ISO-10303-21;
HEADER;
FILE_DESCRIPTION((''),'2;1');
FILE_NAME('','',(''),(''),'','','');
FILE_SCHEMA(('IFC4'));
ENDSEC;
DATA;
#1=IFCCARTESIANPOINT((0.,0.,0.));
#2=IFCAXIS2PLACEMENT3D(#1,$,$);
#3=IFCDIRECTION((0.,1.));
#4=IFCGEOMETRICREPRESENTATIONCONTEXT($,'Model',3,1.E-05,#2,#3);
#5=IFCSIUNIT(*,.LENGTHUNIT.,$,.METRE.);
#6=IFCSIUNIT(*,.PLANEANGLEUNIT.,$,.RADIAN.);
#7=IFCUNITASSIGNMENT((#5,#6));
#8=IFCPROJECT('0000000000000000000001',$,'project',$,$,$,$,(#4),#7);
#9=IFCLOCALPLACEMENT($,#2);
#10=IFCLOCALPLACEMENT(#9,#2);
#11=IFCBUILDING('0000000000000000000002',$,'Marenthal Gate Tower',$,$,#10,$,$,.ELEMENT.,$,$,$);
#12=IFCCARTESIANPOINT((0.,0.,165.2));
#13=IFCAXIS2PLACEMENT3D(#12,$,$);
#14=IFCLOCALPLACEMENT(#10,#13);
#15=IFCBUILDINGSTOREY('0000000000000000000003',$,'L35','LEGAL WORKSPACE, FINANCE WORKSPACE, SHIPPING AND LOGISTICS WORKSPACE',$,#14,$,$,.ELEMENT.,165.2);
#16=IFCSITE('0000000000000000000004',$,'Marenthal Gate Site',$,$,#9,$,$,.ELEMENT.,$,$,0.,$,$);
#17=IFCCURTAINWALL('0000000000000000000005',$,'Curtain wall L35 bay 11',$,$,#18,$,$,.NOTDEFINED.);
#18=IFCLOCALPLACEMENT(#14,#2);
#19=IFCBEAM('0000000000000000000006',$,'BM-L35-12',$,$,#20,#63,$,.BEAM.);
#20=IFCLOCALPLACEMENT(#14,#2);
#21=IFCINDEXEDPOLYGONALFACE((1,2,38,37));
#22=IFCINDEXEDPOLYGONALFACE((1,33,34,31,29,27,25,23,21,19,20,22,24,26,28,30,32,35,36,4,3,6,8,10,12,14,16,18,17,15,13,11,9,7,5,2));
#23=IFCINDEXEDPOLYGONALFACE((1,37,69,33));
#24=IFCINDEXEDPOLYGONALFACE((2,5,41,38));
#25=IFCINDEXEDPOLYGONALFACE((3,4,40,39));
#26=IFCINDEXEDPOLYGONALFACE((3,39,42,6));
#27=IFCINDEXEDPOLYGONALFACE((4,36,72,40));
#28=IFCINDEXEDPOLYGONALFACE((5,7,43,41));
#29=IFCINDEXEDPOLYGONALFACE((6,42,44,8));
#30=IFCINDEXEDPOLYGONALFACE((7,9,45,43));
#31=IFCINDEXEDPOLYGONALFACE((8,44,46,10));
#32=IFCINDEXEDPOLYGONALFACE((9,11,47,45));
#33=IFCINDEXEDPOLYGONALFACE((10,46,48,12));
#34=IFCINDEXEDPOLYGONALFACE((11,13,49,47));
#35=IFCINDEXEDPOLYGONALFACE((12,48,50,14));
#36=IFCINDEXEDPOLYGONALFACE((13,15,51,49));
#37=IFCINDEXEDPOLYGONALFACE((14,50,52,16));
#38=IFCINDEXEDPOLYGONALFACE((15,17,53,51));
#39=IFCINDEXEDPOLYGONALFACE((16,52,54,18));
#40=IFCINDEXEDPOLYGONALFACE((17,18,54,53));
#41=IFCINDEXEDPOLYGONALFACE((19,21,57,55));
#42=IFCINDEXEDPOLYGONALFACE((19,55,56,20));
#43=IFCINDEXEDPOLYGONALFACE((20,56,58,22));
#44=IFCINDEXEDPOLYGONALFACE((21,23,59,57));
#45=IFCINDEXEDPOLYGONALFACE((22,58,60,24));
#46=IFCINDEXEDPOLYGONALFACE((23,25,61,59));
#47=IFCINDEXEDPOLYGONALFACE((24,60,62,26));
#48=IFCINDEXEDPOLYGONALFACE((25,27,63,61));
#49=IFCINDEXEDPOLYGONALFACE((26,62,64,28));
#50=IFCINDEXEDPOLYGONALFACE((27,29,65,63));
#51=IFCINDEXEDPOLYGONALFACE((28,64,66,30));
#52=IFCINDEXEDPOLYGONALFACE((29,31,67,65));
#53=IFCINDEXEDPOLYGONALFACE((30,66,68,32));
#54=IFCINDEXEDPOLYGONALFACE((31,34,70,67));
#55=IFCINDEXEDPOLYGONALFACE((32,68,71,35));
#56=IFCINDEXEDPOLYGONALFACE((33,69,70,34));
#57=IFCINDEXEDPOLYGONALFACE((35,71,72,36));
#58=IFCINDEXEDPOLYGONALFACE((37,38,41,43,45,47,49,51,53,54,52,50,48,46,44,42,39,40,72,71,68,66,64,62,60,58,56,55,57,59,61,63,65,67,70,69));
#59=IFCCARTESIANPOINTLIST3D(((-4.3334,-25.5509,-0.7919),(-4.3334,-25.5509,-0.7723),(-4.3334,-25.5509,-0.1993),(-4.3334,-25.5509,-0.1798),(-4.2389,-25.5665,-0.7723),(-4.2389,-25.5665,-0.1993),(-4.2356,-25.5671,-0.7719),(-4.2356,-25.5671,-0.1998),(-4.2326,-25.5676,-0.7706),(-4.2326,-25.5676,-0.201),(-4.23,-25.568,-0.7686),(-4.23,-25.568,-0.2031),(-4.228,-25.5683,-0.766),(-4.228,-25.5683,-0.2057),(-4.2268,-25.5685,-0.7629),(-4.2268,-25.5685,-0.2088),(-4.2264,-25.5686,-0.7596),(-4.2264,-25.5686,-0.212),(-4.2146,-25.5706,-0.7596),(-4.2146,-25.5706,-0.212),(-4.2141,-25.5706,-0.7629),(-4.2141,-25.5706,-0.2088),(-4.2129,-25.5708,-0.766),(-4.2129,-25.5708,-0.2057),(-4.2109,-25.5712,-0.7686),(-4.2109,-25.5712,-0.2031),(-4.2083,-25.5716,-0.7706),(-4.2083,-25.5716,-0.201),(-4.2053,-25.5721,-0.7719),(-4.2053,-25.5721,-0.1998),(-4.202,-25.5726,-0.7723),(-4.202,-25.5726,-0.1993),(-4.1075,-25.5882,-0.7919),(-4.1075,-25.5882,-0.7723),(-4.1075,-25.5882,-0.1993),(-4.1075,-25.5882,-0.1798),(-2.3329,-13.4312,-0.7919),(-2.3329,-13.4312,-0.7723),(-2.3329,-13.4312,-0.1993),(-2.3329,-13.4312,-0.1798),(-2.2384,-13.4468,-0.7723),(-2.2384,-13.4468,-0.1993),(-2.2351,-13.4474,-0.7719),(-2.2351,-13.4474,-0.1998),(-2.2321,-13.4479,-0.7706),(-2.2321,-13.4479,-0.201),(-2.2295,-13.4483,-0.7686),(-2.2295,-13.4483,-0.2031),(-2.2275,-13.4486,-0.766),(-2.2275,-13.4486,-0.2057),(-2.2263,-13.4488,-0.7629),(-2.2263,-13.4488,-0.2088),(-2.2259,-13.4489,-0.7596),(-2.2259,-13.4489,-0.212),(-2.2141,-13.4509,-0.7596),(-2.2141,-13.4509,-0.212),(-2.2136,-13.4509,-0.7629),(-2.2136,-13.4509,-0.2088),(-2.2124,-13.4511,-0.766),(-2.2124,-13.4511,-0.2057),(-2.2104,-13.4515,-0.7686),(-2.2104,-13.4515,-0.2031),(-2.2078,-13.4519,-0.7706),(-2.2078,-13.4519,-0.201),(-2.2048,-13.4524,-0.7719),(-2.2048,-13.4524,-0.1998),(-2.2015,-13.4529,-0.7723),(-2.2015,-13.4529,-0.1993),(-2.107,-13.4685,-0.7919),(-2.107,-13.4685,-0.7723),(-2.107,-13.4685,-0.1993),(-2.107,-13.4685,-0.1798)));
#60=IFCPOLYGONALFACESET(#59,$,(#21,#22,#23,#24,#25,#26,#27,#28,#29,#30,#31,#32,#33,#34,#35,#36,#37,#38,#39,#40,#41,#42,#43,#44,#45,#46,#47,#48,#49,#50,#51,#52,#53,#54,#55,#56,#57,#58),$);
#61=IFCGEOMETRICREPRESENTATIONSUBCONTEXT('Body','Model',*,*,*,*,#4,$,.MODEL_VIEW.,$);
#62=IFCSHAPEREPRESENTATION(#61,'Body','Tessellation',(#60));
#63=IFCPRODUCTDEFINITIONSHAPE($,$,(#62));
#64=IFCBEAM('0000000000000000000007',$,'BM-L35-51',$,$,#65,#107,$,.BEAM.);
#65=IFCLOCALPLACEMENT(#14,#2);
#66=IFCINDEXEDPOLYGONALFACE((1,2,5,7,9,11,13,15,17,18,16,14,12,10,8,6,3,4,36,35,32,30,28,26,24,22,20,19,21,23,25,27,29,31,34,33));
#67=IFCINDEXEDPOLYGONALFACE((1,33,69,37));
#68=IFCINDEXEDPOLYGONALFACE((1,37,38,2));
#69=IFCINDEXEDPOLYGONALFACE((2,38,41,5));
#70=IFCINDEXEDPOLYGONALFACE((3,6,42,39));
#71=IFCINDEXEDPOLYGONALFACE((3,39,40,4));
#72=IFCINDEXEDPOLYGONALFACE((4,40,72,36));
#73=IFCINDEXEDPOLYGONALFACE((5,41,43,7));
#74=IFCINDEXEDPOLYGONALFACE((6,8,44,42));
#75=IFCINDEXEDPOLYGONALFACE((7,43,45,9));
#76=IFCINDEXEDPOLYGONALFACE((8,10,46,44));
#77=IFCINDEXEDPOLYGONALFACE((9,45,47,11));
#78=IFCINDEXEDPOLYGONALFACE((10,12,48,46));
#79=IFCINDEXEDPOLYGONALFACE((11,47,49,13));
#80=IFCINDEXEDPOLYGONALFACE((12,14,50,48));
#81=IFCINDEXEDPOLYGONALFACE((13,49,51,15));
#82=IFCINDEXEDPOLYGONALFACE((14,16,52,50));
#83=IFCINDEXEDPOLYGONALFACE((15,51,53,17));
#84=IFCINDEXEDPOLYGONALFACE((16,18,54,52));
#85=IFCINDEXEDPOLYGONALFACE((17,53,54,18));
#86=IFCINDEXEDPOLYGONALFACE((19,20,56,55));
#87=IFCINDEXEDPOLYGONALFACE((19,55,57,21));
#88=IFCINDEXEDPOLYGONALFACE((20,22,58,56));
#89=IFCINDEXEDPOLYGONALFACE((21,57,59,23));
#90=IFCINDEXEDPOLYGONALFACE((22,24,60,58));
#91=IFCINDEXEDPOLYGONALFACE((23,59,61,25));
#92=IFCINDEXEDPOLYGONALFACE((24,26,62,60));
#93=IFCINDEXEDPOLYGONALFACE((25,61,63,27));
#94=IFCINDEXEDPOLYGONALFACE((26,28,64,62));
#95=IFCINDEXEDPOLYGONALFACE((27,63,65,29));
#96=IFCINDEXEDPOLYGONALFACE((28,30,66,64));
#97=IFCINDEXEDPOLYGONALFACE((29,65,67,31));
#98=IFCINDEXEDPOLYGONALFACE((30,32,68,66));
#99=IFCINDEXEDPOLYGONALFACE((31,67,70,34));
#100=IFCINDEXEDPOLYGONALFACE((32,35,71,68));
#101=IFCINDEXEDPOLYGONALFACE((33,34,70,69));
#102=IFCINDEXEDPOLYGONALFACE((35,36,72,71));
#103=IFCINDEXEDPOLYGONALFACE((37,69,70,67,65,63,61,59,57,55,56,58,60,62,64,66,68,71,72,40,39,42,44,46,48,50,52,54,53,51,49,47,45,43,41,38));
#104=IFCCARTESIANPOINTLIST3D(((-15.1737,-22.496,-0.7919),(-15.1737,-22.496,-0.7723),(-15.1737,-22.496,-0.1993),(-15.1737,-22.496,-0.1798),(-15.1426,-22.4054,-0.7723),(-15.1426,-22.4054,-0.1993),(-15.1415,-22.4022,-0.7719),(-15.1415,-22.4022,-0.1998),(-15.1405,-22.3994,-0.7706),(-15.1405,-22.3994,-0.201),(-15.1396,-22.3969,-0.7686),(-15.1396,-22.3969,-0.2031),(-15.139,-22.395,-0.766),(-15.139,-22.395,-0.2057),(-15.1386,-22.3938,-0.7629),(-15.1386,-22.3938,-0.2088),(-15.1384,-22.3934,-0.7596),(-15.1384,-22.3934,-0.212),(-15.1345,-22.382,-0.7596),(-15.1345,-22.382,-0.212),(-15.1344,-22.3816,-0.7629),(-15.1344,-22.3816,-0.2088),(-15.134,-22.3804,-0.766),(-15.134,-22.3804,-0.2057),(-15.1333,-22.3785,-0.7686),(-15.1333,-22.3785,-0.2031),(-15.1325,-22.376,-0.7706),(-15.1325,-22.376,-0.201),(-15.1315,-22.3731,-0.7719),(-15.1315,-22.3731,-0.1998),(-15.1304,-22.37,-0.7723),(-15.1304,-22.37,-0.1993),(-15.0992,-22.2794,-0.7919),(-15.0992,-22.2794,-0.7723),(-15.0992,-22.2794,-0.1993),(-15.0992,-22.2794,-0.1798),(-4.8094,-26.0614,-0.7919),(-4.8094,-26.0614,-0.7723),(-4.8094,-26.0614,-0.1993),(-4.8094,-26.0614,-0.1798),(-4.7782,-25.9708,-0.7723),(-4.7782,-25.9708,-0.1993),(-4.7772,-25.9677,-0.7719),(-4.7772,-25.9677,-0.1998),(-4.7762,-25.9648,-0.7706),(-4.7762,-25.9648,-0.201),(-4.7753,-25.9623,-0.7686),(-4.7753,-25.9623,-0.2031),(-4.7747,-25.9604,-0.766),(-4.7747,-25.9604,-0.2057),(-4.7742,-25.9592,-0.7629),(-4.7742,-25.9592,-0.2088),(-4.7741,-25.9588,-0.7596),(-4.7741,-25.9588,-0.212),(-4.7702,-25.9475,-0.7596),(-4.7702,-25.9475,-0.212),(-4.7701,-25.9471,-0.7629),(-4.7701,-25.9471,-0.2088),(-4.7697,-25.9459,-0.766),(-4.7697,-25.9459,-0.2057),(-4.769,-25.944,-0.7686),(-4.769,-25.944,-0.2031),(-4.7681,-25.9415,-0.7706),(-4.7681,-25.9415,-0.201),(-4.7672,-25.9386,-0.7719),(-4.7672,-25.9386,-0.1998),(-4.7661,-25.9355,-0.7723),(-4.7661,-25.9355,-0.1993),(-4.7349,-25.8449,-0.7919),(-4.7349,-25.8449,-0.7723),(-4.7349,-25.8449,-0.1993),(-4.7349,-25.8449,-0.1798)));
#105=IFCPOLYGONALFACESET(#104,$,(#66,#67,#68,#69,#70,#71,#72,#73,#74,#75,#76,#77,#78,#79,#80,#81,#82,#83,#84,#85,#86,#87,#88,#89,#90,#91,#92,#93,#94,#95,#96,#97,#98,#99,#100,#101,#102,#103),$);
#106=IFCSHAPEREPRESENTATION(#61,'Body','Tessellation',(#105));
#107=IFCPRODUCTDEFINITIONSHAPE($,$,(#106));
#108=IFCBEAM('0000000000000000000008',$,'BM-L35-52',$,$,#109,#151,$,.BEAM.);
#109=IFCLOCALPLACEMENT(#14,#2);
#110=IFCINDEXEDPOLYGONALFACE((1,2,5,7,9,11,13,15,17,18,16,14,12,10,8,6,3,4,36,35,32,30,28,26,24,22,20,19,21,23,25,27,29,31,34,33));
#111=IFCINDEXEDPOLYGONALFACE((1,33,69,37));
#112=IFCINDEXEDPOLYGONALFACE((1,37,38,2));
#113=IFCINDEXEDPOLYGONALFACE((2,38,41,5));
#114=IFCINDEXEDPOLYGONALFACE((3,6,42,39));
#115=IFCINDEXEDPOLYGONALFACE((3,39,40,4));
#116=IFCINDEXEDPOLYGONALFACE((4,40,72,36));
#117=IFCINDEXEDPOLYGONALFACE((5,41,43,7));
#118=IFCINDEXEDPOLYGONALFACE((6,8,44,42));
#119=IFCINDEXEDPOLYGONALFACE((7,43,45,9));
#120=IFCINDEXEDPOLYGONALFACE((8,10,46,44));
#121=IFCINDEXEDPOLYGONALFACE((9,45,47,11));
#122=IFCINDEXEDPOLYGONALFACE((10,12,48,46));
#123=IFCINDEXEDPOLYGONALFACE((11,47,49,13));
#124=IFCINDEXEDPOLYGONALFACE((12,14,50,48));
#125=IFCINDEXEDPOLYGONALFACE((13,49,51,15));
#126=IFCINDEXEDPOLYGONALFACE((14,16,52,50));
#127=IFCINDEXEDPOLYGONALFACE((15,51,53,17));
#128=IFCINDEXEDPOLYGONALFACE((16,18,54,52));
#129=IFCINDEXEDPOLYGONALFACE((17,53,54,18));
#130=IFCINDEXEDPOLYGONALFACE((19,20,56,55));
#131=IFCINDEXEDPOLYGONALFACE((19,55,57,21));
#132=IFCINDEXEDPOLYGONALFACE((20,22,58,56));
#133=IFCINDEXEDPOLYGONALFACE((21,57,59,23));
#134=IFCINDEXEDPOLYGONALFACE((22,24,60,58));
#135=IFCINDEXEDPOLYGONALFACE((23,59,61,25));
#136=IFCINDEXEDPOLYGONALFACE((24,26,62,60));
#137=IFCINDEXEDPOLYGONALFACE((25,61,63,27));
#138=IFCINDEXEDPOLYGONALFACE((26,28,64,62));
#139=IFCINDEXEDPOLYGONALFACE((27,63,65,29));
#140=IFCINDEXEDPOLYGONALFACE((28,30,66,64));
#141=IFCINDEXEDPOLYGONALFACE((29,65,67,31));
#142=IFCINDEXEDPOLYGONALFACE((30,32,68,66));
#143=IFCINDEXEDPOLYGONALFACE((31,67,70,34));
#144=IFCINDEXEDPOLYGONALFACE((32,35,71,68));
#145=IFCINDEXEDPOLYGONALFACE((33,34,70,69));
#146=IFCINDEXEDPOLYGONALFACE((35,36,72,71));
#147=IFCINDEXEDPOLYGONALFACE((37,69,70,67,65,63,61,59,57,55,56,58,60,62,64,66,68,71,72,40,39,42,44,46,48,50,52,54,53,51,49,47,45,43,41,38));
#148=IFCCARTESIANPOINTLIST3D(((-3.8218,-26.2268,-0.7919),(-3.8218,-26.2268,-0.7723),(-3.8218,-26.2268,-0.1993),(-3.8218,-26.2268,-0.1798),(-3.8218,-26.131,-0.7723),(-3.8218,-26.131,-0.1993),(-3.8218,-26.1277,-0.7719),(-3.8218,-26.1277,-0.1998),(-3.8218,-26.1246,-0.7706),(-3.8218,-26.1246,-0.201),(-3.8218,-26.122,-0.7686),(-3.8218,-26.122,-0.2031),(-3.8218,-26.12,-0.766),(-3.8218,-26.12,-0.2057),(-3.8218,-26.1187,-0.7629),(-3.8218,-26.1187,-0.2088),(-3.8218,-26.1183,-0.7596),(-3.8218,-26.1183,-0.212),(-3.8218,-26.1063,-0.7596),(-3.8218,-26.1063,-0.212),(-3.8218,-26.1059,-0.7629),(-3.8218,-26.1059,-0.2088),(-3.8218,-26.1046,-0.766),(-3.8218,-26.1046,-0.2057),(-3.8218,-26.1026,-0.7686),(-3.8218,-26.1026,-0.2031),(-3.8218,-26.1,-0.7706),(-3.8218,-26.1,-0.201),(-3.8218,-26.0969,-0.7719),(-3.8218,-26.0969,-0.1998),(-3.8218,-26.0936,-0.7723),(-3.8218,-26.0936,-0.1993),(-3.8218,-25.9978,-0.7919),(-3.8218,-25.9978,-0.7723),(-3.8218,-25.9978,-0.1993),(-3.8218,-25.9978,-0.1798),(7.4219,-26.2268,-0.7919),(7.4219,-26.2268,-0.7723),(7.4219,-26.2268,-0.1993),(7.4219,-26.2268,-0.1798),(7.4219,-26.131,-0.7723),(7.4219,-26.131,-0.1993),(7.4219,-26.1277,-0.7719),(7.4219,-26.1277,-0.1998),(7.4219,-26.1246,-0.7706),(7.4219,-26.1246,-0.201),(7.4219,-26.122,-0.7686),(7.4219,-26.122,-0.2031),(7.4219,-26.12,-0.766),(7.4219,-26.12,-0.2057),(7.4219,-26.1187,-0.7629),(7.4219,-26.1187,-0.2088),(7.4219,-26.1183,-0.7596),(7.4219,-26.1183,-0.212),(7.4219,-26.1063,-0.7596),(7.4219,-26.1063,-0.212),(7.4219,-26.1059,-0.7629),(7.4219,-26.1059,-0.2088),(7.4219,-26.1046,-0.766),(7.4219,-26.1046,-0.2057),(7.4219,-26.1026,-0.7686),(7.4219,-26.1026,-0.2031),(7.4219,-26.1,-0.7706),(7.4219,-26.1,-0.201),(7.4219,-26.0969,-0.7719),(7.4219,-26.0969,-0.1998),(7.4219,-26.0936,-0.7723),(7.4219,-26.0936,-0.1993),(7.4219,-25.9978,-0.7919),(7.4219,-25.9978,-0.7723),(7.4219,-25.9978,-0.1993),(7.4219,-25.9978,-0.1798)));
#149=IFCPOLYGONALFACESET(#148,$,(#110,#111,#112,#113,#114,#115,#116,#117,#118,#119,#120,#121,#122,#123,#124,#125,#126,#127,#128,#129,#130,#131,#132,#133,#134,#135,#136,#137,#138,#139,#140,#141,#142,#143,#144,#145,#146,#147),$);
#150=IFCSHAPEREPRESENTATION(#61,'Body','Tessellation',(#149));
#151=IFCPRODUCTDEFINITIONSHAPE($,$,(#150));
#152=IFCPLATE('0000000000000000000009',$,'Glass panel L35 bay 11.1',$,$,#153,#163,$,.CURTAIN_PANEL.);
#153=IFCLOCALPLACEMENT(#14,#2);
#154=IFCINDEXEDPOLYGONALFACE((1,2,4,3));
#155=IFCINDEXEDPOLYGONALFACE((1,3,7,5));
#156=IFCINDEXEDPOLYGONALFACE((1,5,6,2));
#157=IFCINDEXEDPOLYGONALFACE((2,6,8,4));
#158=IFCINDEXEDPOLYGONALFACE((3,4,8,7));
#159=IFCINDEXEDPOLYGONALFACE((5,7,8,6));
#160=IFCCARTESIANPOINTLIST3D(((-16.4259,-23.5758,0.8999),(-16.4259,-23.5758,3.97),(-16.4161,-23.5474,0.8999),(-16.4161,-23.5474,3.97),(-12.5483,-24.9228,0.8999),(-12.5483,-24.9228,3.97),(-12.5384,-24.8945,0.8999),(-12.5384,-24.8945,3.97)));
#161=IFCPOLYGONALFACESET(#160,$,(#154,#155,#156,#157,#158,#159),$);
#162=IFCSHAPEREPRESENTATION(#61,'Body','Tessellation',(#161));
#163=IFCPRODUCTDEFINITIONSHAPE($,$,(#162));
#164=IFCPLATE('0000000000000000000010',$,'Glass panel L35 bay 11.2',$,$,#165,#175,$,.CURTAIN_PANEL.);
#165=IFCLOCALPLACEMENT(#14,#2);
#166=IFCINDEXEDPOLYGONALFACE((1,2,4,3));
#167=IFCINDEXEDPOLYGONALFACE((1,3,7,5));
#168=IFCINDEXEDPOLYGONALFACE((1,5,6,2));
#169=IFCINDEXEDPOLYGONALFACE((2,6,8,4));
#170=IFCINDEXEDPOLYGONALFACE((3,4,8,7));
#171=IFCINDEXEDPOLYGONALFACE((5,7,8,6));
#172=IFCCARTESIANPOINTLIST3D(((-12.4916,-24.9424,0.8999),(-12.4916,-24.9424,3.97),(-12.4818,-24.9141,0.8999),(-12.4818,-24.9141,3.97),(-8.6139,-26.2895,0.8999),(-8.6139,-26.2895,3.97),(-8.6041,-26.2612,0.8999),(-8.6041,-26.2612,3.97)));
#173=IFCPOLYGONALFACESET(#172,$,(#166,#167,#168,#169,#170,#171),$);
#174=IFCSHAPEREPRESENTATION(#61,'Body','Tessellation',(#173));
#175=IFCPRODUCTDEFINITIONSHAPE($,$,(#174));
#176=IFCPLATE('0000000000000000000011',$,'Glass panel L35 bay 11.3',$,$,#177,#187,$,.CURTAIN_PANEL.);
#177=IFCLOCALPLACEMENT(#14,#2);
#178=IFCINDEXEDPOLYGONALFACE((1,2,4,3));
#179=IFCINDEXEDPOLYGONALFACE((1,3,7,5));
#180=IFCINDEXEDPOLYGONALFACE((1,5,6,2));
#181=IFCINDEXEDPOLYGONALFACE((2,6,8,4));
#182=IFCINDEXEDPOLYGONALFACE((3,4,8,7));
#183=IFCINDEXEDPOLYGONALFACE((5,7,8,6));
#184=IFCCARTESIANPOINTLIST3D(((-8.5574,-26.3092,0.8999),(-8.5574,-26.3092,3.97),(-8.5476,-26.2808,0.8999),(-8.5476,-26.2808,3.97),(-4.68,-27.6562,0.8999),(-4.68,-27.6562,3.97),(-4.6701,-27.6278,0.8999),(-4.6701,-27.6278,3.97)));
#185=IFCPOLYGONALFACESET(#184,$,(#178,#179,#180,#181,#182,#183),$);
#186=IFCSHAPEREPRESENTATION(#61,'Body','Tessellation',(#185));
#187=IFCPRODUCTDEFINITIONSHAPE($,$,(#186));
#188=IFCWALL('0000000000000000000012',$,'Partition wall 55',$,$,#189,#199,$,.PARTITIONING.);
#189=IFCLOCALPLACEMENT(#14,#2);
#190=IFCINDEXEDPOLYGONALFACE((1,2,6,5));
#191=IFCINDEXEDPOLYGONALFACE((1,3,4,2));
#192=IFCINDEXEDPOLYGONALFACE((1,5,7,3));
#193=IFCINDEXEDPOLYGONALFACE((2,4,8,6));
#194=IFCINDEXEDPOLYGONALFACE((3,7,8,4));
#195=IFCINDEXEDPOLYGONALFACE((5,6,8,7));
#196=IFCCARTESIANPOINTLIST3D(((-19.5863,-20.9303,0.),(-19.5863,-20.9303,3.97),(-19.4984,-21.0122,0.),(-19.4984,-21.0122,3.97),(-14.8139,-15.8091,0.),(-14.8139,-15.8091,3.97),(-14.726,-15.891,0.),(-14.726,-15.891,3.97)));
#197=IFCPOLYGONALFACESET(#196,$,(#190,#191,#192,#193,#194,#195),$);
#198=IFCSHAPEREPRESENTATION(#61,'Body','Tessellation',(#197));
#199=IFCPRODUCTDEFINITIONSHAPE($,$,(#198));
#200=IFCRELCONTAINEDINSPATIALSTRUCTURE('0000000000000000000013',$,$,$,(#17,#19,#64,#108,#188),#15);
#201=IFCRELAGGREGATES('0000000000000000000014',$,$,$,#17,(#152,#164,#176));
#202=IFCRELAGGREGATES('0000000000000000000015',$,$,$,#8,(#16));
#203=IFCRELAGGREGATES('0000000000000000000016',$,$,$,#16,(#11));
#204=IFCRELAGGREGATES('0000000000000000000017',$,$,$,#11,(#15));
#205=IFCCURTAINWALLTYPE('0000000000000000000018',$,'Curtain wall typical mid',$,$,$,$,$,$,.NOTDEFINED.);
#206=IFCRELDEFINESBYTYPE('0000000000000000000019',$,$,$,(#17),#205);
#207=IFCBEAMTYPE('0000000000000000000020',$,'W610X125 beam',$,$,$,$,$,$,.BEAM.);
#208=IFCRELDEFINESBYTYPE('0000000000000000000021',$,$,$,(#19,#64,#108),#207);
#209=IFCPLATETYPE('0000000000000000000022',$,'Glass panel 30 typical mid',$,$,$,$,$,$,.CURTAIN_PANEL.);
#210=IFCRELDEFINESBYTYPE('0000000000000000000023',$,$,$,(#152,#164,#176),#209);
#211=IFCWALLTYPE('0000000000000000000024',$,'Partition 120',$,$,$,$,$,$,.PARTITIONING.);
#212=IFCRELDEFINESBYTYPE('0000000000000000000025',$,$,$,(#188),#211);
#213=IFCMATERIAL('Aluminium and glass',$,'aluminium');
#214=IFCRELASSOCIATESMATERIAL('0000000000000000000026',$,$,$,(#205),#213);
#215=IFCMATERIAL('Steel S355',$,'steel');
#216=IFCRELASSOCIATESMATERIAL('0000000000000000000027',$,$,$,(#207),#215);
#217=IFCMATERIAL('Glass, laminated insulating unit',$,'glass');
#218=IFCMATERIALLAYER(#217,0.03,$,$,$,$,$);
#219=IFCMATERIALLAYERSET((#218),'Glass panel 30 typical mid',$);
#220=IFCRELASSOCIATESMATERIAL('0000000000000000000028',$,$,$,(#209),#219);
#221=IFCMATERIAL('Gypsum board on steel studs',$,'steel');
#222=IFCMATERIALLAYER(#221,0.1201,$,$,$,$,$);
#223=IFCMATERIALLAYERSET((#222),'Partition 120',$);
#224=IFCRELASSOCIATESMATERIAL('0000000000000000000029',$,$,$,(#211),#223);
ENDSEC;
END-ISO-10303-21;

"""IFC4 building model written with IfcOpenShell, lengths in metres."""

from ifc_helpers import new_model, si_unit, direction, frame, frame_2d, origin, origin_2d, place, context, subcontext, project, spatial, rectangle, i_section, extrude, material, layer, layer_set, material_profile, profile_set, type_object, element, aggregate, save


model = new_model("IFC4")

# Units and contexts
model_context = context("Model", 3, precision=1e-05, world=origin(), true_north=direction((0.0, 1.0)))
body_context = subcontext(model_context, "Body", "Model", "MODEL_VIEW")
ifc_project = project(units=[si_unit("LENGTHUNIT", "METRE"), si_unit("PLANEANGLEUNIT", "RADIAN")], contexts=[model_context])

# Site, building, storey
site_placement = place(None, origin())
site = spatial("IfcSite", under=ifc_project, at=site_placement, Name="Marenthal Gate Site", CompositionType="ELEMENT", RefElevation=0.0)
building_placement = place(site_placement, origin())
building = spatial("IfcBuilding", under=site, at=building_placement, Name="Marenthal Gate Tower", CompositionType="ELEMENT")
storey_placement = place(building_placement, frame((0.0, 0.0, 165.2)))
storey = spatial("IfcBuildingStorey", under=building, at=storey_placement, Name="L35", Description="LEGAL WORKSPACE, FINANCE WORKSPACE, SHIPPING AND LOGISTICS WORKSPACE", CompositionType="ELEMENT", Elevation=165.2)

# Curtain wall
ifc_material_1 = material(Name="Aluminium and glass", Category="aluminium")
curtain_wall_type = type_object("IfcCurtainWallType", Name="Curtain wall typical mid", PredefinedType="NOTDEFINED", material=ifc_material_1)
curtain_wall_placement = place(storey_placement, origin())
curtain_wall = element("IfcCurtainWall", 1, at=curtain_wall_placement, inside=storey, type_object=curtain_wall_type, Name="Curtain wall L35 bay 11", PredefinedType="NOTDEFINED")

# Beams
ifc_material_2 = material(Name="Steel S355", Category="steel")
ifc_material_profile_1 = material_profile(ifc_material_2, i_section(OverallWidth=0.229, OverallDepth=0.6121, WebThickness=0.012, FlangeThickness=0.0195, FilletRadius=0.0127, at=origin_2d()), Name="W610X125")
ifc_profile_set_1 = profile_set([ifc_material_profile_1], Name="Steel S355")
beam_type_1 = type_object("IfcBeamType", Name="W610X125 beam", PredefinedType="BEAM", material=ifc_profile_set_1)
beam_1_placement = place(storey_placement, frame((-4.2205, -25.5696, -0.4858), z_axis=(0.162858, 0.986649, 0.0), x_axis=(-0.986649, 0.162858, 0.0)))
element("IfcBeam", 2, at=beam_1_placement, inside=storey, type_object=beam_type_1, Name="BM-L35-12", PredefinedType="BEAM", context=body_context, shape_type="SweptSolid", body=[
    extrude(i_section(OverallWidth=0.229, OverallDepth=0.6121, WebThickness=0.012, FlangeThickness=0.0195, FilletRadius=0.0127, at=origin_2d()), origin(), (0.0, 0.0, 1.0), 12.2837),
])
beam_2_placement = place(storey_placement, frame((-15.1365, -22.3877, -0.4858), z_axis=(0.94561, -0.325301, 0.0), x_axis=(0.325301, 0.94561, 0.0)))
element("IfcBeam", 3, at=beam_2_placement, inside=storey, type_object=beam_type_1, Name="BM-L35-51", PredefinedType="BEAM", context=body_context, shape_type="SweptSolid", body=[
    extrude(i_section(OverallWidth=0.229, OverallDepth=0.6121, WebThickness=0.012, FlangeThickness=0.0195, FilletRadius=0.0127, at=origin_2d()), origin(), (0.0, 0.0, 1.0), 10.9604),
])
beam_3_placement = place(storey_placement, frame((-3.8218, -26.1123, -0.4858), z_axis=(1.0, 0.0, 0.0), x_axis=(0.0, 1.0, 0.0)))
element("IfcBeam", 4, at=beam_3_placement, inside=storey, type_object=beam_type_1, Name="BM-L35-52", PredefinedType="BEAM", context=body_context, shape_type="SweptSolid", body=[
    extrude(i_section(OverallWidth=0.229, OverallDepth=0.6121, WebThickness=0.012, FlangeThickness=0.0195, FilletRadius=0.0127, at=origin_2d()), origin(), (0.0, 0.0, 1.0), 11.2437),
])

# Plates
ifc_material_3 = material(Name="Glass, laminated insulating unit", Category="glass")
ifc_layer_1 = layer(ifc_material_3, 0.03)
ifc_layer_set_1 = layer_set([ifc_layer_1], Name="Glass panel 30 typical mid")
plate_type = type_object("IfcPlateType", Name="Glass panel 30 typical mid", PredefinedType="CURTAIN_PANEL", material=ifc_layer_set_1)
plate_1_placement = place(storey_placement, frame((-14.4822, -24.2351, 0.8999), z_axis=(0.0, 0.0, 1.0), x_axis=(0.944623, -0.328158, 0.0)))
plate_1 = element("IfcPlate", 5, at=plate_1_placement, type_object=plate_type, Name="Glass panel L35 bay 11.1", PredefinedType="CURTAIN_PANEL", context=body_context, shape_type="SweptSolid", body=[
    extrude(rectangle(XDim=4.105, YDim=0.03, at=origin_2d()), origin(), (0.0, 0.0, 1.0), 3.0701),
])
plate_2_placement = place(storey_placement, frame((-10.5479, -25.6018, 0.8999), z_axis=(0.0, 0.0, 1.0), x_axis=(0.944623, -0.328158, 0.0)))
plate_2 = element("IfcPlate", 6, at=plate_2_placement, type_object=plate_type, Name="Glass panel L35 bay 11.2", PredefinedType="CURTAIN_PANEL", context=body_context, shape_type="SweptSolid", body=[
    extrude(rectangle(XDim=4.105, YDim=0.03, at=origin_2d()), origin(), (0.0, 0.0, 1.0), 3.0701),
])
plate_3_placement = place(storey_placement, frame((-6.6138, -26.9685, 0.8999), z_axis=(0.0, 0.0, 1.0), x_axis=(0.944623, -0.328158, 0.0)))
plate_3 = element("IfcPlate", 7, at=plate_3_placement, type_object=plate_type, Name="Glass panel L35 bay 11.3", PredefinedType="CURTAIN_PANEL", context=body_context, shape_type="SweptSolid", body=[
    extrude(rectangle(XDim=4.1047, YDim=0.03, at=origin_2d()), origin(), (0.0, 0.0, 1.0), 3.0701),
])
aggregate(curtain_wall, [plate_1, plate_2, plate_3])

# Wall
ifc_material_4 = material(Name="Gypsum board on steel studs", Category="steel")
ifc_layer_2 = layer(ifc_material_4, 0.1201)
ifc_layer_set_2 = layer_set([ifc_layer_2], Name="Partition 120")
wall_type_1 = type_object("IfcWallType", Name="Partition 120", PredefinedType="PARTITIONING", material=ifc_layer_set_2)
wall_1_placement = place(storey_placement, frame((-14.77, -15.8501, 0.0), z_axis=(0.0, 0.0, 1.0), x_axis=(-0.681749, -0.731586, 0.0)))
element("IfcWall", 8, at=wall_1_placement, inside=storey, type_object=wall_type_1, Name="Partition wall 55", PredefinedType="PARTITIONING", context=body_context, shape_type="SweptSolid", body=[
    extrude(rectangle(XDim=7.0002, YDim=0.1201, at=frame_2d((3.5, 0.0))), origin(), (0.0, 0.0, 1.0), 3.97),
])

save(model, "model.ifc")
